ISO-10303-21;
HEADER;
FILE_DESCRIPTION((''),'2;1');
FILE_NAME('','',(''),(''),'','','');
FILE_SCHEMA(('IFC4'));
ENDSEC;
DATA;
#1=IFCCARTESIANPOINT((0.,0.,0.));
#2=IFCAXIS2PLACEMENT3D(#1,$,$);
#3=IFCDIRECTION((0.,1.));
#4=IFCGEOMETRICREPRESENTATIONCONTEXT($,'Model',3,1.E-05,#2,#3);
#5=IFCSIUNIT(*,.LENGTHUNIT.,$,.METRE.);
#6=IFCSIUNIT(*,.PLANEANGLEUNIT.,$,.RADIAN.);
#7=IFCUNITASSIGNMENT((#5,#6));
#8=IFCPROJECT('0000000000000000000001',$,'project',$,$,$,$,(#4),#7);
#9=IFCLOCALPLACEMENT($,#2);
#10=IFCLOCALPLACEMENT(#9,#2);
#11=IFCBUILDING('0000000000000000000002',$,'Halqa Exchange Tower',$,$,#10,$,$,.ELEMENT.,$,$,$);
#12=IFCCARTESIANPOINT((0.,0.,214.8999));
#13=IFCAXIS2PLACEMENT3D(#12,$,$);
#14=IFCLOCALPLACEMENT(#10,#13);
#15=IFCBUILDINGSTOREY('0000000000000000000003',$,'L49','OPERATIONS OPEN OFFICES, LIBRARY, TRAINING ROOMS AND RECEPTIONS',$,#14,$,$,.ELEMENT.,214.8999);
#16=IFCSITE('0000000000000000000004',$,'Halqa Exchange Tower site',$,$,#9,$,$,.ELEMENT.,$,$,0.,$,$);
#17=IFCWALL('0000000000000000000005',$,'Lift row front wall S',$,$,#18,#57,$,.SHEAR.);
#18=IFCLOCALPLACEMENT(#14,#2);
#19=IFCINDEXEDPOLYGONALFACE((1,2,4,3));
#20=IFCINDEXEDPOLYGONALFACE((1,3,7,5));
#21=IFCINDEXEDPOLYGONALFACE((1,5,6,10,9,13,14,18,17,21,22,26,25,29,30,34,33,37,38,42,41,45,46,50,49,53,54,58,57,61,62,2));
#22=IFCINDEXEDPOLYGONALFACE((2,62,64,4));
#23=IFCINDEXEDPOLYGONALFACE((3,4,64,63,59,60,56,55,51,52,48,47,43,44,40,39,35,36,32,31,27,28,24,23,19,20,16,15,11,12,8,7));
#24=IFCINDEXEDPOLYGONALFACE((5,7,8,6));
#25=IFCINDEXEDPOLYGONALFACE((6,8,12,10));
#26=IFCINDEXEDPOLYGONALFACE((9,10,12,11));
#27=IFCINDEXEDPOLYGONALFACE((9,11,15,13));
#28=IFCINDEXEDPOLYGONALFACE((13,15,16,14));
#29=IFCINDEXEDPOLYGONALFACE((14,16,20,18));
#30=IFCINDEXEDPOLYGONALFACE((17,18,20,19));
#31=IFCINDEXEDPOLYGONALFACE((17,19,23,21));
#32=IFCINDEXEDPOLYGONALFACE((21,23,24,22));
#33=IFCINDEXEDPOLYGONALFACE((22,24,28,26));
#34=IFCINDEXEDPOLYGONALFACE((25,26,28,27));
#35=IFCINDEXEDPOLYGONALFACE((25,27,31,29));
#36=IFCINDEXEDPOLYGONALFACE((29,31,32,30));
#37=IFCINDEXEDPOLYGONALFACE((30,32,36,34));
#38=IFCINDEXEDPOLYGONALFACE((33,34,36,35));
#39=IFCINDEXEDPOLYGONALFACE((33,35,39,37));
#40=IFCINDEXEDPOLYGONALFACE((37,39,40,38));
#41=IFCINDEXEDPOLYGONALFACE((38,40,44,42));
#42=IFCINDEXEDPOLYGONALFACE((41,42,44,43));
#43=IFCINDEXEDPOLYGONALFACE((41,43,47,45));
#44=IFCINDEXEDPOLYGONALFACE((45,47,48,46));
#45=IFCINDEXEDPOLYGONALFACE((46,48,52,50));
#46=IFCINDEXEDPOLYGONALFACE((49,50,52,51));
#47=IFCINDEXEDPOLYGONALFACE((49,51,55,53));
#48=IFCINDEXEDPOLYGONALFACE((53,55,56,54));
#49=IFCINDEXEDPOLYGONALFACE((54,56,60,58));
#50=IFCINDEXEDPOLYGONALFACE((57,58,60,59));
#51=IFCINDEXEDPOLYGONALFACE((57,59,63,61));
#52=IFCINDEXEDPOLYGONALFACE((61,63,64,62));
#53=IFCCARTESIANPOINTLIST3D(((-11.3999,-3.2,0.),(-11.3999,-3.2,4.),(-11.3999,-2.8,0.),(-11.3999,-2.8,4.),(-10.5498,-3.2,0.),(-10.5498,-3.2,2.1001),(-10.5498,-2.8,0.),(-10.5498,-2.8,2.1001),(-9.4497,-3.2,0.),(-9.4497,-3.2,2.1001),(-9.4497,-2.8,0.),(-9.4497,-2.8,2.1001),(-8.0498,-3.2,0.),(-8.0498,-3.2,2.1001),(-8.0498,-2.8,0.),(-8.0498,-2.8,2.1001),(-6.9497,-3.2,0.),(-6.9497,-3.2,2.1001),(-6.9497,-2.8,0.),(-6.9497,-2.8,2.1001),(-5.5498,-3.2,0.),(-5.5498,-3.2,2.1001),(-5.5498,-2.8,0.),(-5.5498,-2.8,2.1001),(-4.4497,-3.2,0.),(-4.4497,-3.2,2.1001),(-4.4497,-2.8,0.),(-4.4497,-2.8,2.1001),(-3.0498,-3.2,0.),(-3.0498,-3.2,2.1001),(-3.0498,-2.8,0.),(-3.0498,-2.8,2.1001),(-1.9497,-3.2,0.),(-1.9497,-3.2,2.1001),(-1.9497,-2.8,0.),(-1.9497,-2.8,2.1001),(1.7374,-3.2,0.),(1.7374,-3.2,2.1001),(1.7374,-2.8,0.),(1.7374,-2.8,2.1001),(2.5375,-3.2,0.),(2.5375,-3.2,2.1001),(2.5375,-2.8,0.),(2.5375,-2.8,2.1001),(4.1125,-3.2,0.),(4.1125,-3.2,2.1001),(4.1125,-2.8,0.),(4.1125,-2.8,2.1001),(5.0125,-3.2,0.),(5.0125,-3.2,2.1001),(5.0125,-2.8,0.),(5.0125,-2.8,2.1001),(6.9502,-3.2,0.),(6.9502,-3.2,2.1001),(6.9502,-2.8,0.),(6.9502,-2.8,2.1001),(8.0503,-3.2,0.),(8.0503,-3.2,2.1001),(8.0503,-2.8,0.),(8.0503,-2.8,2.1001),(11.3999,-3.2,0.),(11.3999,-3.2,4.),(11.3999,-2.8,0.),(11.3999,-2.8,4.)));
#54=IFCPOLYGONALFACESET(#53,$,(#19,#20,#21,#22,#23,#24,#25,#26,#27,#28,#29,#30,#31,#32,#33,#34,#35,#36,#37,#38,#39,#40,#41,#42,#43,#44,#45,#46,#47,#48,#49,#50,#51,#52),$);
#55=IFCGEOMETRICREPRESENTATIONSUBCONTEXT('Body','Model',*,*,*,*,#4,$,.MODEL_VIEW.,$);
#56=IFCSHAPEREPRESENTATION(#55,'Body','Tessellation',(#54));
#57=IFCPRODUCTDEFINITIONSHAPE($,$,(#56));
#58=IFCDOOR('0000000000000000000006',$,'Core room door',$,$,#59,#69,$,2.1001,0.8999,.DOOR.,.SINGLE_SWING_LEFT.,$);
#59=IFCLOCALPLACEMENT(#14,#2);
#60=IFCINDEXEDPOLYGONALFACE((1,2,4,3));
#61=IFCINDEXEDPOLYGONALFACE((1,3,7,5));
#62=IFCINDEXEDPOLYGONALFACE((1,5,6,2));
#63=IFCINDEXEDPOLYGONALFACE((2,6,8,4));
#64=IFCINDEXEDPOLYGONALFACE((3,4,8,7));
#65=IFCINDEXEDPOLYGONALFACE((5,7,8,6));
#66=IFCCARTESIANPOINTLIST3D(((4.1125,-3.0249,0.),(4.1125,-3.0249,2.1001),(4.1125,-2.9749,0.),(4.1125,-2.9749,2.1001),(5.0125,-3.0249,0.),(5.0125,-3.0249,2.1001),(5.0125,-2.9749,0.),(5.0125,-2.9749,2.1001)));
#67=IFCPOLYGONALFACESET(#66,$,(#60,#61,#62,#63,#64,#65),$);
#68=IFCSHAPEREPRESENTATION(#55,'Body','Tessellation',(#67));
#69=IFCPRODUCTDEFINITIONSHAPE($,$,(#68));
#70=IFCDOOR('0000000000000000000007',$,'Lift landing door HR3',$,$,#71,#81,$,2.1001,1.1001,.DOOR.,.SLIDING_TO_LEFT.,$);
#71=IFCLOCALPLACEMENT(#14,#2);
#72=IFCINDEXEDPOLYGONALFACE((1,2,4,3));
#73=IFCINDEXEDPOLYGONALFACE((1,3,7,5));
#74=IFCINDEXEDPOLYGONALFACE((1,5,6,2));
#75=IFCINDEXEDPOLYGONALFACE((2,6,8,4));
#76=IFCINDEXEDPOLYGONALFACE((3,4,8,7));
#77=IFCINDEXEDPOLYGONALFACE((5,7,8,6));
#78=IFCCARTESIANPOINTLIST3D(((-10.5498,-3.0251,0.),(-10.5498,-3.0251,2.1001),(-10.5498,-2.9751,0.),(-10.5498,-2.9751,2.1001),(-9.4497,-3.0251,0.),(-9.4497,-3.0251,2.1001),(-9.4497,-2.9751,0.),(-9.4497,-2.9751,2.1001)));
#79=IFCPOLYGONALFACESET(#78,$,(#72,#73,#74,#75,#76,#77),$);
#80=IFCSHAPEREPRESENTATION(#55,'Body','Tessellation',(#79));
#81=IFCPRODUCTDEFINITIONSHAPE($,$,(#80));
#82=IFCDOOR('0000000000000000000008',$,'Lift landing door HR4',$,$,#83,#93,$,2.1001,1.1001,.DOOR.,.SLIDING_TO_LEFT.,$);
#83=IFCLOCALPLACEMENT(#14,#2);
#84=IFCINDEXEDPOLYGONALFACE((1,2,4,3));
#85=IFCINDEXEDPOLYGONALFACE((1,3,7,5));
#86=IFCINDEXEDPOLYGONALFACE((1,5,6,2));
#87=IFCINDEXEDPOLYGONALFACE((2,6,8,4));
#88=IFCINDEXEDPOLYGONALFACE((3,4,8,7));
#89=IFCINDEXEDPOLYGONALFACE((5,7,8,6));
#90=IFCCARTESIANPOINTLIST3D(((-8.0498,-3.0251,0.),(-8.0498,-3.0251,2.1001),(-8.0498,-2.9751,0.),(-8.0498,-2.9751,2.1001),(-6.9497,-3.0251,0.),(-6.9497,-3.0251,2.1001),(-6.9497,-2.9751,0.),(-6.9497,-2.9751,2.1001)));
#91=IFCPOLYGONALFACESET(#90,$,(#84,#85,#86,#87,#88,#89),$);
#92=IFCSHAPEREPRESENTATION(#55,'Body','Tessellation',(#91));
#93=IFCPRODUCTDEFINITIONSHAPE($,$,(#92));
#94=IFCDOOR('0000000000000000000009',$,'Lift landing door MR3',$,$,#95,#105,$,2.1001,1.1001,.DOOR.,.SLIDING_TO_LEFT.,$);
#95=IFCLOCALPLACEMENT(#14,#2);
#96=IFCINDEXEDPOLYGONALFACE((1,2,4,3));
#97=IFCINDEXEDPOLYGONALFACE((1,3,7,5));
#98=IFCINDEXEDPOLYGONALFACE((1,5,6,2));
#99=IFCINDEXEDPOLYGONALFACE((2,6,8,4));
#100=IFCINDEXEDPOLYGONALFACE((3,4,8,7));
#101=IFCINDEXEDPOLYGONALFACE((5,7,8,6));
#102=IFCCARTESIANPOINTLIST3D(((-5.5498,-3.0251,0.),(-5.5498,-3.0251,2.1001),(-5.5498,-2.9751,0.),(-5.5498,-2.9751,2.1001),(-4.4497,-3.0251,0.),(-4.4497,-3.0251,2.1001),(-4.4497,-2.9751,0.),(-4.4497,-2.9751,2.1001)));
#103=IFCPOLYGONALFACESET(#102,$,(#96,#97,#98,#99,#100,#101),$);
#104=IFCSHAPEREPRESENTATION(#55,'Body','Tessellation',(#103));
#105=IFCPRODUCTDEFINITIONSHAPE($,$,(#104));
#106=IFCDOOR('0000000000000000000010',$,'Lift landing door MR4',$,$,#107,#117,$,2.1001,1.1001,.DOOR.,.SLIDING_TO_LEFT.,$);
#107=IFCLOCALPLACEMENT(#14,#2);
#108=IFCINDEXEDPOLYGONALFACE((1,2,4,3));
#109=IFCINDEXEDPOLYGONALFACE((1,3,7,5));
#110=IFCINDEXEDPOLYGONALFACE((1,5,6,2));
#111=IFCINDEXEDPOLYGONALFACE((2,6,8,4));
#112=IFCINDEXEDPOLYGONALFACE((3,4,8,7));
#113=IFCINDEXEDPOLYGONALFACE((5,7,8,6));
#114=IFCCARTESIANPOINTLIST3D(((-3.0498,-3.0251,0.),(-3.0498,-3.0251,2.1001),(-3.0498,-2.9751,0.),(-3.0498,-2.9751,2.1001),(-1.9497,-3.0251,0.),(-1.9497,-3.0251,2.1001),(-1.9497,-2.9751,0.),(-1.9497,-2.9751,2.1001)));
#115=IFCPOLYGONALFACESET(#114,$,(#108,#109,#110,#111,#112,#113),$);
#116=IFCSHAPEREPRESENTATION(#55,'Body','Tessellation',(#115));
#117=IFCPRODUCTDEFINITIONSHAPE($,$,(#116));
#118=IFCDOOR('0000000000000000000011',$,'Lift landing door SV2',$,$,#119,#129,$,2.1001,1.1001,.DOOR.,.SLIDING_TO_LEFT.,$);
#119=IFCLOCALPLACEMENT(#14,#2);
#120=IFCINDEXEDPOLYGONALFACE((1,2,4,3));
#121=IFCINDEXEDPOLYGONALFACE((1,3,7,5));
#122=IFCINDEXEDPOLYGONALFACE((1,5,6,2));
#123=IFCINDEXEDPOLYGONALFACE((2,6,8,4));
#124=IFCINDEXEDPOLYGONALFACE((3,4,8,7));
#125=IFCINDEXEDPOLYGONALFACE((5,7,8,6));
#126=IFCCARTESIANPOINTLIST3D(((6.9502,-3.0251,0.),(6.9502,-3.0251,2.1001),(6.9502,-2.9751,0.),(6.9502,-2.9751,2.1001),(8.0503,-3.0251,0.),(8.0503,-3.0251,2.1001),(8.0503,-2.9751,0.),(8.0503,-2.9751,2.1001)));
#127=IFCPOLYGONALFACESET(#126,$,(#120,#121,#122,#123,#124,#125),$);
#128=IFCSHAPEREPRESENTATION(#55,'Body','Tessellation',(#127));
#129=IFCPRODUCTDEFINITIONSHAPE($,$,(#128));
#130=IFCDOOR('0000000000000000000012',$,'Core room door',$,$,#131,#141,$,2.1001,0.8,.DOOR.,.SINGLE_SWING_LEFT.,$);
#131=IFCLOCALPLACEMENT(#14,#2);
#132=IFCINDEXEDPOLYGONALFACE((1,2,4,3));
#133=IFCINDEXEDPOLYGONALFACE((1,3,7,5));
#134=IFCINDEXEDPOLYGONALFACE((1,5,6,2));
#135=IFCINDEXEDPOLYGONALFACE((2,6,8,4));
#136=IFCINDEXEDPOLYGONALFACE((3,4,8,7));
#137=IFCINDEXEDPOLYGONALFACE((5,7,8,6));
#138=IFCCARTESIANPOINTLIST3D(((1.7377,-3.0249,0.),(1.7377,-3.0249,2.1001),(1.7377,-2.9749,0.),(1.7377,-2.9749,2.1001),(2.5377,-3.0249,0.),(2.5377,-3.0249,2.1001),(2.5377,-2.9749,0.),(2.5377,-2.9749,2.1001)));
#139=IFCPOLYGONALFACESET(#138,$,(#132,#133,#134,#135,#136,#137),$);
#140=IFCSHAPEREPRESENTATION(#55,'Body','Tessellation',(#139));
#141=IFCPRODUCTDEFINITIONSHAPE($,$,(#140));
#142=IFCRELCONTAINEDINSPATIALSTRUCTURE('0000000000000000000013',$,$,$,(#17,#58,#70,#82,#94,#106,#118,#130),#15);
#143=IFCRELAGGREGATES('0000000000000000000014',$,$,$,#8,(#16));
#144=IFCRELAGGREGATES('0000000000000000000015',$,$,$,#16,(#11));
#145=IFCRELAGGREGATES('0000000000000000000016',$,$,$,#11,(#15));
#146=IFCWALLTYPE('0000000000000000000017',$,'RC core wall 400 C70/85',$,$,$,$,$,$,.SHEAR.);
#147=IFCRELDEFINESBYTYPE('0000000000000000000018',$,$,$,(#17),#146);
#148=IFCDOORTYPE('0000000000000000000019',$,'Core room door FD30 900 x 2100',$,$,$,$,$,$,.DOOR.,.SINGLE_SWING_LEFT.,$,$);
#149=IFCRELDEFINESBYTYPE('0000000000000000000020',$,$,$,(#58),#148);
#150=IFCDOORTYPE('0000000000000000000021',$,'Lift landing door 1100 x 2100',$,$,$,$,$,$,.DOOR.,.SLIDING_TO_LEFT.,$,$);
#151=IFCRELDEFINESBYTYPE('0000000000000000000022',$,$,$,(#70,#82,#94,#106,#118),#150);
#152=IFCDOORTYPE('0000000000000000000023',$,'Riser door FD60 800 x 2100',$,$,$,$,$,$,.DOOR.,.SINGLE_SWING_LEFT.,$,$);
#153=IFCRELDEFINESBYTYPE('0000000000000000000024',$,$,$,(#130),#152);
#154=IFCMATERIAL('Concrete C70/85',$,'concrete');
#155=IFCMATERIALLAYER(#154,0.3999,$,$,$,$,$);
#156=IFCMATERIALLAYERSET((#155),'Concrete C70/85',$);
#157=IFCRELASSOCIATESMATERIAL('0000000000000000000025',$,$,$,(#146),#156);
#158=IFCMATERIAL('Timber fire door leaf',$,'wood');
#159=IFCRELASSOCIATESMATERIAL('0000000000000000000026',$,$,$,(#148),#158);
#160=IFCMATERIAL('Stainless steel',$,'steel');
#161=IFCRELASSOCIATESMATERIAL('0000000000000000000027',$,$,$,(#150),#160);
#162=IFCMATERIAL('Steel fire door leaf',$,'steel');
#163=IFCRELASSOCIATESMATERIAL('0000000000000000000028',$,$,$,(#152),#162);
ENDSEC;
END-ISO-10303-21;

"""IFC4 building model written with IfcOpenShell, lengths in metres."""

from ifc_helpers import new_model, si_unit, direction, frame, frame_2d, origin, place, context, subcontext, project, spatial, rectangle, extrude, material, layer, layer_set, type_object, element, fill, save


model = new_model("IFC4")

# Units and contexts
model_context = context("Model", 3, precision=1e-05, world=origin(), true_north=direction((0.0, 1.0)))
body_context = subcontext(model_context, "Body", "Model", "MODEL_VIEW")
ifc_project = project(units=[si_unit("LENGTHUNIT", "METRE"), si_unit("PLANEANGLEUNIT", "RADIAN")], contexts=[model_context])

# Site, building, storey
site_placement = place(None, origin())
site = spatial("IfcSite", under=ifc_project, at=site_placement, Name="Halqa Exchange Tower site", CompositionType="ELEMENT", RefElevation=0.0)
building_placement = place(site_placement, origin())
building = spatial("IfcBuilding", under=site, at=building_placement, Name="Halqa Exchange Tower", CompositionType="ELEMENT")
storey_placement = place(building_placement, frame((0.0, 0.0, 214.8999)))
storey = spatial("IfcBuildingStorey", under=building, at=storey_placement, Name="L49", Description="OPERATIONS OPEN OFFICES, LIBRARY, TRAINING ROOMS AND RECEPTIONS", CompositionType="ELEMENT", Elevation=214.8999)

# Wall, openings, doors
ifc_material_1 = material(Name="Concrete C70/85", Category="concrete")
ifc_layer_1 = layer(ifc_material_1, 0.3999)
ifc_layer_set_1 = layer_set([ifc_layer_1], Name="Concrete C70/85")
wall_type_1 = type_object("IfcWallType", Name="RC core wall 400 C70/85", PredefinedType="SHEAR", material=ifc_layer_set_1)
wall_1_placement = place(storey_placement, frame((-11.3999, -3.0, 0.0), z_axis=(0.0, 0.0, 1.0), x_axis=(1.0, 0.0, 0.0)))
wall_1 = element("IfcWall", 1, at=wall_1_placement, inside=storey, type_object=wall_type_1, Name="Lift row front wall S", PredefinedType="SHEAR", context=body_context, shape_type="SweptSolid", body=[
    extrude(rectangle(XDim=22.7998, YDim=0.3999, at=frame_2d((11.3999, 0.0))), origin(), (0.0, 0.0, 1.0), 4.0),
])
opening_1_placement = place(wall_1_placement, frame((0.8501, 0.0, 0.0)))
opening_1 = element("IfcOpeningElement", 2, at=opening_1_placement, cuts=wall_1, PredefinedType="OPENING", context=body_context, shape_type="SweptSolid", body=[
    extrude(rectangle(XDim=1.1001, YDim=2.1001, at=frame_2d((0.55, 1.05))), frame((0.0, 0.2119, 0.0), z_axis=(0.0, -1.0, 0.0), x_axis=(1.0, 0.0, 0.0)), (0.0, 0.0, 1.0), 0.4238),
])
opening_2_placement = place(wall_1_placement, frame((3.3501, 0.0, 0.0)))
opening_2 = element("IfcOpeningElement", 3, at=opening_2_placement, cuts=wall_1, PredefinedType="OPENING", context=body_context, shape_type="SweptSolid", body=[
    extrude(rectangle(XDim=1.1001, YDim=2.1001, at=frame_2d((0.55, 1.05))), frame((0.0, 0.2119, 0.0), z_axis=(0.0, -1.0, 0.0), x_axis=(1.0, 0.0, 0.0)), (0.0, 0.0, 1.0), 0.4238),
])
opening_3_placement = place(wall_1_placement, frame((5.8501, 0.0, 0.0)))
opening_3 = element("IfcOpeningElement", 4, at=opening_3_placement, cuts=wall_1, PredefinedType="OPENING", context=body_context, shape_type="SweptSolid", body=[
    extrude(rectangle(XDim=1.1001, YDim=2.1001, at=frame_2d((0.55, 1.05))), frame((0.0, 0.2119, 0.0), z_axis=(0.0, -1.0, 0.0), x_axis=(1.0, 0.0, 0.0)), (0.0, 0.0, 1.0), 0.4238),
])
opening_4_placement = place(wall_1_placement, frame((8.3501, 0.0, 0.0)))
opening_4 = element("IfcOpeningElement", 5, at=opening_4_placement, cuts=wall_1, PredefinedType="OPENING", context=body_context, shape_type="SweptSolid", body=[
    extrude(rectangle(XDim=1.1001, YDim=2.1001, at=frame_2d((0.55, 1.05))), frame((0.0, 0.2119, 0.0), z_axis=(0.0, -1.0, 0.0), x_axis=(1.0, 0.0, 0.0)), (0.0, 0.0, 1.0), 0.4238),
])
opening_5_placement = place(wall_1_placement, frame((18.3501, 0.0, 0.0)))
opening_5 = element("IfcOpeningElement", 6, at=opening_5_placement, cuts=wall_1, PredefinedType="OPENING", context=body_context, shape_type="SweptSolid", body=[
    extrude(rectangle(XDim=1.1001, YDim=2.1001, at=frame_2d((0.55, 1.05))), frame((0.0, 0.2119, 0.0), z_axis=(0.0, -1.0, 0.0), x_axis=(1.0, 0.0, 0.0)), (0.0, 0.0, 1.0), 0.4238),
])
opening_6_placement = place(wall_1_placement, frame((13.1375, 0.0, 0.0)))
opening_6 = element("IfcOpeningElement", 7, at=opening_6_placement, cuts=wall_1, PredefinedType="OPENING", context=body_context, shape_type="SweptSolid", body=[
    extrude(rectangle(XDim=0.8, YDim=2.1001, at=frame_2d((0.3999, 1.05))), frame((0.0, 0.2119, 0.0), z_axis=(0.0, -1.0, 0.0), x_axis=(1.0, 0.0, 0.0)), (0.0, 0.0, 1.0), 0.4238),
])
opening_7_placement = place(wall_1_placement, frame((15.5125, 0.0, 0.0)))
opening_7 = element("IfcOpeningElement", 8, at=opening_7_placement, cuts=wall_1, PredefinedType="OPENING", context=body_context, shape_type="SweptSolid", body=[
    extrude(rectangle(XDim=0.8999, YDim=2.1001, at=frame_2d((0.45, 1.05))), frame((0.0, 0.2119, 0.0), z_axis=(0.0, -1.0, 0.0), x_axis=(1.0, 0.0, 0.0)), (0.0, 0.0, 1.0), 0.4238),
])
ifc_material_2 = material(Name="Timber fire door leaf", Category="wood")
door_type_1 = type_object("IfcDoorType", Name="Core room door FD30 900 x 2100", OperationType="SINGLE_SWING_LEFT", PredefinedType="DOOR", material=ifc_material_2)
door_1_placement = place(opening_7_placement, frame((0.8999, 0.0, 0.0), z_axis=(0.0, 0.0, 1.0), x_axis=(-1.0, 0.0, 0.0)))
door_1 = element("IfcDoor", 9, at=door_1_placement, inside=storey, type_object=door_type_1, Name="Core room door", OperationType="SINGLE_SWING_LEFT", OverallHeight=2.1001, OverallWidth=0.8999, PredefinedType="DOOR", context=body_context, shape_type="SweptSolid", body=[
    extrude(rectangle(XDim=0.8999, YDim=2.1001, at=frame_2d((0.45, 1.05))), frame((0.0, 0.0249, 0.0), z_axis=(0.0, -1.0, 0.0), x_axis=(1.0, 0.0, 0.0)), (0.0, 0.0, 1.0), 0.05),
])
fill(opening_7, door_1)
ifc_material_3 = material(Name="Stainless steel", Category="steel")
door_type_2 = type_object("IfcDoorType", Name="Lift landing door 1100 x 2100", OperationType="SLIDING_TO_LEFT", PredefinedType="DOOR", material=ifc_material_3)
door_2_placement = place(opening_1_placement, origin())
door_2 = element("IfcDoor", 10, at=door_2_placement, inside=storey, type_object=door_type_2, Name="Lift landing door HR3", OperationType="SLIDING_TO_LEFT", OverallHeight=2.1001, OverallWidth=1.1001, PredefinedType="DOOR", context=body_context, shape_type="SweptSolid", body=[
    extrude(rectangle(XDim=1.1001, YDim=2.1001, at=frame_2d((0.55, 1.05))), frame((0.0, 0.0249, 0.0), z_axis=(0.0, -1.0, 0.0), x_axis=(1.0, 0.0, 0.0)), (0.0, 0.0, 1.0), 0.05),
])
fill(opening_1, door_2)
door_3_placement = place(opening_2_placement, origin())
door_3 = element("IfcDoor", 11, at=door_3_placement, inside=storey, type_object=door_type_2, Name="Lift landing door HR4", OperationType="SLIDING_TO_LEFT", OverallHeight=2.1001, OverallWidth=1.1001, PredefinedType="DOOR", context=body_context, shape_type="SweptSolid", body=[
    extrude(rectangle(XDim=1.1001, YDim=2.1001, at=frame_2d((0.55, 1.05))), frame((0.0, 0.0249, 0.0), z_axis=(0.0, -1.0, 0.0), x_axis=(1.0, 0.0, 0.0)), (0.0, 0.0, 1.0), 0.05),
])
fill(opening_2, door_3)
door_4_placement = place(opening_3_placement, origin())
door_4 = element("IfcDoor", 12, at=door_4_placement, inside=storey, type_object=door_type_2, Name="Lift landing door MR3", OperationType="SLIDING_TO_LEFT", OverallHeight=2.1001, OverallWidth=1.1001, PredefinedType="DOOR", context=body_context, shape_type="SweptSolid", body=[
    extrude(rectangle(XDim=1.1001, YDim=2.1001, at=frame_2d((0.55, 1.05))), frame((0.0, 0.0249, 0.0), z_axis=(0.0, -1.0, 0.0), x_axis=(1.0, 0.0, 0.0)), (0.0, 0.0, 1.0), 0.05),
])
fill(opening_3, door_4)
door_5_placement = place(opening_4_placement, origin())
door_5 = element("IfcDoor", 13, at=door_5_placement, inside=storey, type_object=door_type_2, Name="Lift landing door MR4", OperationType="SLIDING_TO_LEFT", OverallHeight=2.1001, OverallWidth=1.1001, PredefinedType="DOOR", context=body_context, shape_type="SweptSolid", body=[
    extrude(rectangle(XDim=1.1001, YDim=2.1001, at=frame_2d((0.55, 1.05))), frame((0.0, 0.0249, 0.0), z_axis=(0.0, -1.0, 0.0), x_axis=(1.0, 0.0, 0.0)), (0.0, 0.0, 1.0), 0.05),
])
fill(opening_4, door_5)
door_6_placement = place(opening_5_placement, origin())
door_6 = element("IfcDoor", 14, at=door_6_placement, inside=storey, type_object=door_type_2, Name="Lift landing door SV2", OperationType="SLIDING_TO_LEFT", OverallHeight=2.1001, OverallWidth=1.1001, PredefinedType="DOOR", context=body_context, shape_type="SweptSolid", body=[
    extrude(rectangle(XDim=1.1001, YDim=2.1001, at=frame_2d((0.55, 1.05))), frame((0.0, 0.0249, 0.0), z_axis=(0.0, -1.0, 0.0), x_axis=(1.0, 0.0, 0.0)), (0.0, 0.0, 1.0), 0.05),
])
fill(opening_5, door_6)
ifc_material_4 = material(Name="Steel fire door leaf", Category="steel")
door_type_3 = type_object("IfcDoorType", Name="Riser door FD60 800 x 2100", OperationType="SINGLE_SWING_LEFT", PredefinedType="DOOR", material=ifc_material_4)
door_7_placement = place(opening_6_placement, frame((0.8, 0.0, 0.0), z_axis=(0.0, 0.0, 1.0), x_axis=(-1.0, 0.0, 0.0)))
door_7 = element("IfcDoor", 15, at=door_7_placement, inside=storey, type_object=door_type_3, Name="Core room door", OperationType="SINGLE_SWING_LEFT", OverallHeight=2.1001, OverallWidth=0.8, PredefinedType="DOOR", context=body_context, shape_type="SweptSolid", body=[
    extrude(rectangle(XDim=0.8, YDim=2.1001, at=frame_2d((0.3999, 1.05))), frame((0.0, 0.0249, 0.0), z_axis=(0.0, -1.0, 0.0), x_axis=(1.0, 0.0, 0.0)), (0.0, 0.0, 1.0), 0.05),
])
fill(opening_6, door_7)

save(model, "model.ifc")
